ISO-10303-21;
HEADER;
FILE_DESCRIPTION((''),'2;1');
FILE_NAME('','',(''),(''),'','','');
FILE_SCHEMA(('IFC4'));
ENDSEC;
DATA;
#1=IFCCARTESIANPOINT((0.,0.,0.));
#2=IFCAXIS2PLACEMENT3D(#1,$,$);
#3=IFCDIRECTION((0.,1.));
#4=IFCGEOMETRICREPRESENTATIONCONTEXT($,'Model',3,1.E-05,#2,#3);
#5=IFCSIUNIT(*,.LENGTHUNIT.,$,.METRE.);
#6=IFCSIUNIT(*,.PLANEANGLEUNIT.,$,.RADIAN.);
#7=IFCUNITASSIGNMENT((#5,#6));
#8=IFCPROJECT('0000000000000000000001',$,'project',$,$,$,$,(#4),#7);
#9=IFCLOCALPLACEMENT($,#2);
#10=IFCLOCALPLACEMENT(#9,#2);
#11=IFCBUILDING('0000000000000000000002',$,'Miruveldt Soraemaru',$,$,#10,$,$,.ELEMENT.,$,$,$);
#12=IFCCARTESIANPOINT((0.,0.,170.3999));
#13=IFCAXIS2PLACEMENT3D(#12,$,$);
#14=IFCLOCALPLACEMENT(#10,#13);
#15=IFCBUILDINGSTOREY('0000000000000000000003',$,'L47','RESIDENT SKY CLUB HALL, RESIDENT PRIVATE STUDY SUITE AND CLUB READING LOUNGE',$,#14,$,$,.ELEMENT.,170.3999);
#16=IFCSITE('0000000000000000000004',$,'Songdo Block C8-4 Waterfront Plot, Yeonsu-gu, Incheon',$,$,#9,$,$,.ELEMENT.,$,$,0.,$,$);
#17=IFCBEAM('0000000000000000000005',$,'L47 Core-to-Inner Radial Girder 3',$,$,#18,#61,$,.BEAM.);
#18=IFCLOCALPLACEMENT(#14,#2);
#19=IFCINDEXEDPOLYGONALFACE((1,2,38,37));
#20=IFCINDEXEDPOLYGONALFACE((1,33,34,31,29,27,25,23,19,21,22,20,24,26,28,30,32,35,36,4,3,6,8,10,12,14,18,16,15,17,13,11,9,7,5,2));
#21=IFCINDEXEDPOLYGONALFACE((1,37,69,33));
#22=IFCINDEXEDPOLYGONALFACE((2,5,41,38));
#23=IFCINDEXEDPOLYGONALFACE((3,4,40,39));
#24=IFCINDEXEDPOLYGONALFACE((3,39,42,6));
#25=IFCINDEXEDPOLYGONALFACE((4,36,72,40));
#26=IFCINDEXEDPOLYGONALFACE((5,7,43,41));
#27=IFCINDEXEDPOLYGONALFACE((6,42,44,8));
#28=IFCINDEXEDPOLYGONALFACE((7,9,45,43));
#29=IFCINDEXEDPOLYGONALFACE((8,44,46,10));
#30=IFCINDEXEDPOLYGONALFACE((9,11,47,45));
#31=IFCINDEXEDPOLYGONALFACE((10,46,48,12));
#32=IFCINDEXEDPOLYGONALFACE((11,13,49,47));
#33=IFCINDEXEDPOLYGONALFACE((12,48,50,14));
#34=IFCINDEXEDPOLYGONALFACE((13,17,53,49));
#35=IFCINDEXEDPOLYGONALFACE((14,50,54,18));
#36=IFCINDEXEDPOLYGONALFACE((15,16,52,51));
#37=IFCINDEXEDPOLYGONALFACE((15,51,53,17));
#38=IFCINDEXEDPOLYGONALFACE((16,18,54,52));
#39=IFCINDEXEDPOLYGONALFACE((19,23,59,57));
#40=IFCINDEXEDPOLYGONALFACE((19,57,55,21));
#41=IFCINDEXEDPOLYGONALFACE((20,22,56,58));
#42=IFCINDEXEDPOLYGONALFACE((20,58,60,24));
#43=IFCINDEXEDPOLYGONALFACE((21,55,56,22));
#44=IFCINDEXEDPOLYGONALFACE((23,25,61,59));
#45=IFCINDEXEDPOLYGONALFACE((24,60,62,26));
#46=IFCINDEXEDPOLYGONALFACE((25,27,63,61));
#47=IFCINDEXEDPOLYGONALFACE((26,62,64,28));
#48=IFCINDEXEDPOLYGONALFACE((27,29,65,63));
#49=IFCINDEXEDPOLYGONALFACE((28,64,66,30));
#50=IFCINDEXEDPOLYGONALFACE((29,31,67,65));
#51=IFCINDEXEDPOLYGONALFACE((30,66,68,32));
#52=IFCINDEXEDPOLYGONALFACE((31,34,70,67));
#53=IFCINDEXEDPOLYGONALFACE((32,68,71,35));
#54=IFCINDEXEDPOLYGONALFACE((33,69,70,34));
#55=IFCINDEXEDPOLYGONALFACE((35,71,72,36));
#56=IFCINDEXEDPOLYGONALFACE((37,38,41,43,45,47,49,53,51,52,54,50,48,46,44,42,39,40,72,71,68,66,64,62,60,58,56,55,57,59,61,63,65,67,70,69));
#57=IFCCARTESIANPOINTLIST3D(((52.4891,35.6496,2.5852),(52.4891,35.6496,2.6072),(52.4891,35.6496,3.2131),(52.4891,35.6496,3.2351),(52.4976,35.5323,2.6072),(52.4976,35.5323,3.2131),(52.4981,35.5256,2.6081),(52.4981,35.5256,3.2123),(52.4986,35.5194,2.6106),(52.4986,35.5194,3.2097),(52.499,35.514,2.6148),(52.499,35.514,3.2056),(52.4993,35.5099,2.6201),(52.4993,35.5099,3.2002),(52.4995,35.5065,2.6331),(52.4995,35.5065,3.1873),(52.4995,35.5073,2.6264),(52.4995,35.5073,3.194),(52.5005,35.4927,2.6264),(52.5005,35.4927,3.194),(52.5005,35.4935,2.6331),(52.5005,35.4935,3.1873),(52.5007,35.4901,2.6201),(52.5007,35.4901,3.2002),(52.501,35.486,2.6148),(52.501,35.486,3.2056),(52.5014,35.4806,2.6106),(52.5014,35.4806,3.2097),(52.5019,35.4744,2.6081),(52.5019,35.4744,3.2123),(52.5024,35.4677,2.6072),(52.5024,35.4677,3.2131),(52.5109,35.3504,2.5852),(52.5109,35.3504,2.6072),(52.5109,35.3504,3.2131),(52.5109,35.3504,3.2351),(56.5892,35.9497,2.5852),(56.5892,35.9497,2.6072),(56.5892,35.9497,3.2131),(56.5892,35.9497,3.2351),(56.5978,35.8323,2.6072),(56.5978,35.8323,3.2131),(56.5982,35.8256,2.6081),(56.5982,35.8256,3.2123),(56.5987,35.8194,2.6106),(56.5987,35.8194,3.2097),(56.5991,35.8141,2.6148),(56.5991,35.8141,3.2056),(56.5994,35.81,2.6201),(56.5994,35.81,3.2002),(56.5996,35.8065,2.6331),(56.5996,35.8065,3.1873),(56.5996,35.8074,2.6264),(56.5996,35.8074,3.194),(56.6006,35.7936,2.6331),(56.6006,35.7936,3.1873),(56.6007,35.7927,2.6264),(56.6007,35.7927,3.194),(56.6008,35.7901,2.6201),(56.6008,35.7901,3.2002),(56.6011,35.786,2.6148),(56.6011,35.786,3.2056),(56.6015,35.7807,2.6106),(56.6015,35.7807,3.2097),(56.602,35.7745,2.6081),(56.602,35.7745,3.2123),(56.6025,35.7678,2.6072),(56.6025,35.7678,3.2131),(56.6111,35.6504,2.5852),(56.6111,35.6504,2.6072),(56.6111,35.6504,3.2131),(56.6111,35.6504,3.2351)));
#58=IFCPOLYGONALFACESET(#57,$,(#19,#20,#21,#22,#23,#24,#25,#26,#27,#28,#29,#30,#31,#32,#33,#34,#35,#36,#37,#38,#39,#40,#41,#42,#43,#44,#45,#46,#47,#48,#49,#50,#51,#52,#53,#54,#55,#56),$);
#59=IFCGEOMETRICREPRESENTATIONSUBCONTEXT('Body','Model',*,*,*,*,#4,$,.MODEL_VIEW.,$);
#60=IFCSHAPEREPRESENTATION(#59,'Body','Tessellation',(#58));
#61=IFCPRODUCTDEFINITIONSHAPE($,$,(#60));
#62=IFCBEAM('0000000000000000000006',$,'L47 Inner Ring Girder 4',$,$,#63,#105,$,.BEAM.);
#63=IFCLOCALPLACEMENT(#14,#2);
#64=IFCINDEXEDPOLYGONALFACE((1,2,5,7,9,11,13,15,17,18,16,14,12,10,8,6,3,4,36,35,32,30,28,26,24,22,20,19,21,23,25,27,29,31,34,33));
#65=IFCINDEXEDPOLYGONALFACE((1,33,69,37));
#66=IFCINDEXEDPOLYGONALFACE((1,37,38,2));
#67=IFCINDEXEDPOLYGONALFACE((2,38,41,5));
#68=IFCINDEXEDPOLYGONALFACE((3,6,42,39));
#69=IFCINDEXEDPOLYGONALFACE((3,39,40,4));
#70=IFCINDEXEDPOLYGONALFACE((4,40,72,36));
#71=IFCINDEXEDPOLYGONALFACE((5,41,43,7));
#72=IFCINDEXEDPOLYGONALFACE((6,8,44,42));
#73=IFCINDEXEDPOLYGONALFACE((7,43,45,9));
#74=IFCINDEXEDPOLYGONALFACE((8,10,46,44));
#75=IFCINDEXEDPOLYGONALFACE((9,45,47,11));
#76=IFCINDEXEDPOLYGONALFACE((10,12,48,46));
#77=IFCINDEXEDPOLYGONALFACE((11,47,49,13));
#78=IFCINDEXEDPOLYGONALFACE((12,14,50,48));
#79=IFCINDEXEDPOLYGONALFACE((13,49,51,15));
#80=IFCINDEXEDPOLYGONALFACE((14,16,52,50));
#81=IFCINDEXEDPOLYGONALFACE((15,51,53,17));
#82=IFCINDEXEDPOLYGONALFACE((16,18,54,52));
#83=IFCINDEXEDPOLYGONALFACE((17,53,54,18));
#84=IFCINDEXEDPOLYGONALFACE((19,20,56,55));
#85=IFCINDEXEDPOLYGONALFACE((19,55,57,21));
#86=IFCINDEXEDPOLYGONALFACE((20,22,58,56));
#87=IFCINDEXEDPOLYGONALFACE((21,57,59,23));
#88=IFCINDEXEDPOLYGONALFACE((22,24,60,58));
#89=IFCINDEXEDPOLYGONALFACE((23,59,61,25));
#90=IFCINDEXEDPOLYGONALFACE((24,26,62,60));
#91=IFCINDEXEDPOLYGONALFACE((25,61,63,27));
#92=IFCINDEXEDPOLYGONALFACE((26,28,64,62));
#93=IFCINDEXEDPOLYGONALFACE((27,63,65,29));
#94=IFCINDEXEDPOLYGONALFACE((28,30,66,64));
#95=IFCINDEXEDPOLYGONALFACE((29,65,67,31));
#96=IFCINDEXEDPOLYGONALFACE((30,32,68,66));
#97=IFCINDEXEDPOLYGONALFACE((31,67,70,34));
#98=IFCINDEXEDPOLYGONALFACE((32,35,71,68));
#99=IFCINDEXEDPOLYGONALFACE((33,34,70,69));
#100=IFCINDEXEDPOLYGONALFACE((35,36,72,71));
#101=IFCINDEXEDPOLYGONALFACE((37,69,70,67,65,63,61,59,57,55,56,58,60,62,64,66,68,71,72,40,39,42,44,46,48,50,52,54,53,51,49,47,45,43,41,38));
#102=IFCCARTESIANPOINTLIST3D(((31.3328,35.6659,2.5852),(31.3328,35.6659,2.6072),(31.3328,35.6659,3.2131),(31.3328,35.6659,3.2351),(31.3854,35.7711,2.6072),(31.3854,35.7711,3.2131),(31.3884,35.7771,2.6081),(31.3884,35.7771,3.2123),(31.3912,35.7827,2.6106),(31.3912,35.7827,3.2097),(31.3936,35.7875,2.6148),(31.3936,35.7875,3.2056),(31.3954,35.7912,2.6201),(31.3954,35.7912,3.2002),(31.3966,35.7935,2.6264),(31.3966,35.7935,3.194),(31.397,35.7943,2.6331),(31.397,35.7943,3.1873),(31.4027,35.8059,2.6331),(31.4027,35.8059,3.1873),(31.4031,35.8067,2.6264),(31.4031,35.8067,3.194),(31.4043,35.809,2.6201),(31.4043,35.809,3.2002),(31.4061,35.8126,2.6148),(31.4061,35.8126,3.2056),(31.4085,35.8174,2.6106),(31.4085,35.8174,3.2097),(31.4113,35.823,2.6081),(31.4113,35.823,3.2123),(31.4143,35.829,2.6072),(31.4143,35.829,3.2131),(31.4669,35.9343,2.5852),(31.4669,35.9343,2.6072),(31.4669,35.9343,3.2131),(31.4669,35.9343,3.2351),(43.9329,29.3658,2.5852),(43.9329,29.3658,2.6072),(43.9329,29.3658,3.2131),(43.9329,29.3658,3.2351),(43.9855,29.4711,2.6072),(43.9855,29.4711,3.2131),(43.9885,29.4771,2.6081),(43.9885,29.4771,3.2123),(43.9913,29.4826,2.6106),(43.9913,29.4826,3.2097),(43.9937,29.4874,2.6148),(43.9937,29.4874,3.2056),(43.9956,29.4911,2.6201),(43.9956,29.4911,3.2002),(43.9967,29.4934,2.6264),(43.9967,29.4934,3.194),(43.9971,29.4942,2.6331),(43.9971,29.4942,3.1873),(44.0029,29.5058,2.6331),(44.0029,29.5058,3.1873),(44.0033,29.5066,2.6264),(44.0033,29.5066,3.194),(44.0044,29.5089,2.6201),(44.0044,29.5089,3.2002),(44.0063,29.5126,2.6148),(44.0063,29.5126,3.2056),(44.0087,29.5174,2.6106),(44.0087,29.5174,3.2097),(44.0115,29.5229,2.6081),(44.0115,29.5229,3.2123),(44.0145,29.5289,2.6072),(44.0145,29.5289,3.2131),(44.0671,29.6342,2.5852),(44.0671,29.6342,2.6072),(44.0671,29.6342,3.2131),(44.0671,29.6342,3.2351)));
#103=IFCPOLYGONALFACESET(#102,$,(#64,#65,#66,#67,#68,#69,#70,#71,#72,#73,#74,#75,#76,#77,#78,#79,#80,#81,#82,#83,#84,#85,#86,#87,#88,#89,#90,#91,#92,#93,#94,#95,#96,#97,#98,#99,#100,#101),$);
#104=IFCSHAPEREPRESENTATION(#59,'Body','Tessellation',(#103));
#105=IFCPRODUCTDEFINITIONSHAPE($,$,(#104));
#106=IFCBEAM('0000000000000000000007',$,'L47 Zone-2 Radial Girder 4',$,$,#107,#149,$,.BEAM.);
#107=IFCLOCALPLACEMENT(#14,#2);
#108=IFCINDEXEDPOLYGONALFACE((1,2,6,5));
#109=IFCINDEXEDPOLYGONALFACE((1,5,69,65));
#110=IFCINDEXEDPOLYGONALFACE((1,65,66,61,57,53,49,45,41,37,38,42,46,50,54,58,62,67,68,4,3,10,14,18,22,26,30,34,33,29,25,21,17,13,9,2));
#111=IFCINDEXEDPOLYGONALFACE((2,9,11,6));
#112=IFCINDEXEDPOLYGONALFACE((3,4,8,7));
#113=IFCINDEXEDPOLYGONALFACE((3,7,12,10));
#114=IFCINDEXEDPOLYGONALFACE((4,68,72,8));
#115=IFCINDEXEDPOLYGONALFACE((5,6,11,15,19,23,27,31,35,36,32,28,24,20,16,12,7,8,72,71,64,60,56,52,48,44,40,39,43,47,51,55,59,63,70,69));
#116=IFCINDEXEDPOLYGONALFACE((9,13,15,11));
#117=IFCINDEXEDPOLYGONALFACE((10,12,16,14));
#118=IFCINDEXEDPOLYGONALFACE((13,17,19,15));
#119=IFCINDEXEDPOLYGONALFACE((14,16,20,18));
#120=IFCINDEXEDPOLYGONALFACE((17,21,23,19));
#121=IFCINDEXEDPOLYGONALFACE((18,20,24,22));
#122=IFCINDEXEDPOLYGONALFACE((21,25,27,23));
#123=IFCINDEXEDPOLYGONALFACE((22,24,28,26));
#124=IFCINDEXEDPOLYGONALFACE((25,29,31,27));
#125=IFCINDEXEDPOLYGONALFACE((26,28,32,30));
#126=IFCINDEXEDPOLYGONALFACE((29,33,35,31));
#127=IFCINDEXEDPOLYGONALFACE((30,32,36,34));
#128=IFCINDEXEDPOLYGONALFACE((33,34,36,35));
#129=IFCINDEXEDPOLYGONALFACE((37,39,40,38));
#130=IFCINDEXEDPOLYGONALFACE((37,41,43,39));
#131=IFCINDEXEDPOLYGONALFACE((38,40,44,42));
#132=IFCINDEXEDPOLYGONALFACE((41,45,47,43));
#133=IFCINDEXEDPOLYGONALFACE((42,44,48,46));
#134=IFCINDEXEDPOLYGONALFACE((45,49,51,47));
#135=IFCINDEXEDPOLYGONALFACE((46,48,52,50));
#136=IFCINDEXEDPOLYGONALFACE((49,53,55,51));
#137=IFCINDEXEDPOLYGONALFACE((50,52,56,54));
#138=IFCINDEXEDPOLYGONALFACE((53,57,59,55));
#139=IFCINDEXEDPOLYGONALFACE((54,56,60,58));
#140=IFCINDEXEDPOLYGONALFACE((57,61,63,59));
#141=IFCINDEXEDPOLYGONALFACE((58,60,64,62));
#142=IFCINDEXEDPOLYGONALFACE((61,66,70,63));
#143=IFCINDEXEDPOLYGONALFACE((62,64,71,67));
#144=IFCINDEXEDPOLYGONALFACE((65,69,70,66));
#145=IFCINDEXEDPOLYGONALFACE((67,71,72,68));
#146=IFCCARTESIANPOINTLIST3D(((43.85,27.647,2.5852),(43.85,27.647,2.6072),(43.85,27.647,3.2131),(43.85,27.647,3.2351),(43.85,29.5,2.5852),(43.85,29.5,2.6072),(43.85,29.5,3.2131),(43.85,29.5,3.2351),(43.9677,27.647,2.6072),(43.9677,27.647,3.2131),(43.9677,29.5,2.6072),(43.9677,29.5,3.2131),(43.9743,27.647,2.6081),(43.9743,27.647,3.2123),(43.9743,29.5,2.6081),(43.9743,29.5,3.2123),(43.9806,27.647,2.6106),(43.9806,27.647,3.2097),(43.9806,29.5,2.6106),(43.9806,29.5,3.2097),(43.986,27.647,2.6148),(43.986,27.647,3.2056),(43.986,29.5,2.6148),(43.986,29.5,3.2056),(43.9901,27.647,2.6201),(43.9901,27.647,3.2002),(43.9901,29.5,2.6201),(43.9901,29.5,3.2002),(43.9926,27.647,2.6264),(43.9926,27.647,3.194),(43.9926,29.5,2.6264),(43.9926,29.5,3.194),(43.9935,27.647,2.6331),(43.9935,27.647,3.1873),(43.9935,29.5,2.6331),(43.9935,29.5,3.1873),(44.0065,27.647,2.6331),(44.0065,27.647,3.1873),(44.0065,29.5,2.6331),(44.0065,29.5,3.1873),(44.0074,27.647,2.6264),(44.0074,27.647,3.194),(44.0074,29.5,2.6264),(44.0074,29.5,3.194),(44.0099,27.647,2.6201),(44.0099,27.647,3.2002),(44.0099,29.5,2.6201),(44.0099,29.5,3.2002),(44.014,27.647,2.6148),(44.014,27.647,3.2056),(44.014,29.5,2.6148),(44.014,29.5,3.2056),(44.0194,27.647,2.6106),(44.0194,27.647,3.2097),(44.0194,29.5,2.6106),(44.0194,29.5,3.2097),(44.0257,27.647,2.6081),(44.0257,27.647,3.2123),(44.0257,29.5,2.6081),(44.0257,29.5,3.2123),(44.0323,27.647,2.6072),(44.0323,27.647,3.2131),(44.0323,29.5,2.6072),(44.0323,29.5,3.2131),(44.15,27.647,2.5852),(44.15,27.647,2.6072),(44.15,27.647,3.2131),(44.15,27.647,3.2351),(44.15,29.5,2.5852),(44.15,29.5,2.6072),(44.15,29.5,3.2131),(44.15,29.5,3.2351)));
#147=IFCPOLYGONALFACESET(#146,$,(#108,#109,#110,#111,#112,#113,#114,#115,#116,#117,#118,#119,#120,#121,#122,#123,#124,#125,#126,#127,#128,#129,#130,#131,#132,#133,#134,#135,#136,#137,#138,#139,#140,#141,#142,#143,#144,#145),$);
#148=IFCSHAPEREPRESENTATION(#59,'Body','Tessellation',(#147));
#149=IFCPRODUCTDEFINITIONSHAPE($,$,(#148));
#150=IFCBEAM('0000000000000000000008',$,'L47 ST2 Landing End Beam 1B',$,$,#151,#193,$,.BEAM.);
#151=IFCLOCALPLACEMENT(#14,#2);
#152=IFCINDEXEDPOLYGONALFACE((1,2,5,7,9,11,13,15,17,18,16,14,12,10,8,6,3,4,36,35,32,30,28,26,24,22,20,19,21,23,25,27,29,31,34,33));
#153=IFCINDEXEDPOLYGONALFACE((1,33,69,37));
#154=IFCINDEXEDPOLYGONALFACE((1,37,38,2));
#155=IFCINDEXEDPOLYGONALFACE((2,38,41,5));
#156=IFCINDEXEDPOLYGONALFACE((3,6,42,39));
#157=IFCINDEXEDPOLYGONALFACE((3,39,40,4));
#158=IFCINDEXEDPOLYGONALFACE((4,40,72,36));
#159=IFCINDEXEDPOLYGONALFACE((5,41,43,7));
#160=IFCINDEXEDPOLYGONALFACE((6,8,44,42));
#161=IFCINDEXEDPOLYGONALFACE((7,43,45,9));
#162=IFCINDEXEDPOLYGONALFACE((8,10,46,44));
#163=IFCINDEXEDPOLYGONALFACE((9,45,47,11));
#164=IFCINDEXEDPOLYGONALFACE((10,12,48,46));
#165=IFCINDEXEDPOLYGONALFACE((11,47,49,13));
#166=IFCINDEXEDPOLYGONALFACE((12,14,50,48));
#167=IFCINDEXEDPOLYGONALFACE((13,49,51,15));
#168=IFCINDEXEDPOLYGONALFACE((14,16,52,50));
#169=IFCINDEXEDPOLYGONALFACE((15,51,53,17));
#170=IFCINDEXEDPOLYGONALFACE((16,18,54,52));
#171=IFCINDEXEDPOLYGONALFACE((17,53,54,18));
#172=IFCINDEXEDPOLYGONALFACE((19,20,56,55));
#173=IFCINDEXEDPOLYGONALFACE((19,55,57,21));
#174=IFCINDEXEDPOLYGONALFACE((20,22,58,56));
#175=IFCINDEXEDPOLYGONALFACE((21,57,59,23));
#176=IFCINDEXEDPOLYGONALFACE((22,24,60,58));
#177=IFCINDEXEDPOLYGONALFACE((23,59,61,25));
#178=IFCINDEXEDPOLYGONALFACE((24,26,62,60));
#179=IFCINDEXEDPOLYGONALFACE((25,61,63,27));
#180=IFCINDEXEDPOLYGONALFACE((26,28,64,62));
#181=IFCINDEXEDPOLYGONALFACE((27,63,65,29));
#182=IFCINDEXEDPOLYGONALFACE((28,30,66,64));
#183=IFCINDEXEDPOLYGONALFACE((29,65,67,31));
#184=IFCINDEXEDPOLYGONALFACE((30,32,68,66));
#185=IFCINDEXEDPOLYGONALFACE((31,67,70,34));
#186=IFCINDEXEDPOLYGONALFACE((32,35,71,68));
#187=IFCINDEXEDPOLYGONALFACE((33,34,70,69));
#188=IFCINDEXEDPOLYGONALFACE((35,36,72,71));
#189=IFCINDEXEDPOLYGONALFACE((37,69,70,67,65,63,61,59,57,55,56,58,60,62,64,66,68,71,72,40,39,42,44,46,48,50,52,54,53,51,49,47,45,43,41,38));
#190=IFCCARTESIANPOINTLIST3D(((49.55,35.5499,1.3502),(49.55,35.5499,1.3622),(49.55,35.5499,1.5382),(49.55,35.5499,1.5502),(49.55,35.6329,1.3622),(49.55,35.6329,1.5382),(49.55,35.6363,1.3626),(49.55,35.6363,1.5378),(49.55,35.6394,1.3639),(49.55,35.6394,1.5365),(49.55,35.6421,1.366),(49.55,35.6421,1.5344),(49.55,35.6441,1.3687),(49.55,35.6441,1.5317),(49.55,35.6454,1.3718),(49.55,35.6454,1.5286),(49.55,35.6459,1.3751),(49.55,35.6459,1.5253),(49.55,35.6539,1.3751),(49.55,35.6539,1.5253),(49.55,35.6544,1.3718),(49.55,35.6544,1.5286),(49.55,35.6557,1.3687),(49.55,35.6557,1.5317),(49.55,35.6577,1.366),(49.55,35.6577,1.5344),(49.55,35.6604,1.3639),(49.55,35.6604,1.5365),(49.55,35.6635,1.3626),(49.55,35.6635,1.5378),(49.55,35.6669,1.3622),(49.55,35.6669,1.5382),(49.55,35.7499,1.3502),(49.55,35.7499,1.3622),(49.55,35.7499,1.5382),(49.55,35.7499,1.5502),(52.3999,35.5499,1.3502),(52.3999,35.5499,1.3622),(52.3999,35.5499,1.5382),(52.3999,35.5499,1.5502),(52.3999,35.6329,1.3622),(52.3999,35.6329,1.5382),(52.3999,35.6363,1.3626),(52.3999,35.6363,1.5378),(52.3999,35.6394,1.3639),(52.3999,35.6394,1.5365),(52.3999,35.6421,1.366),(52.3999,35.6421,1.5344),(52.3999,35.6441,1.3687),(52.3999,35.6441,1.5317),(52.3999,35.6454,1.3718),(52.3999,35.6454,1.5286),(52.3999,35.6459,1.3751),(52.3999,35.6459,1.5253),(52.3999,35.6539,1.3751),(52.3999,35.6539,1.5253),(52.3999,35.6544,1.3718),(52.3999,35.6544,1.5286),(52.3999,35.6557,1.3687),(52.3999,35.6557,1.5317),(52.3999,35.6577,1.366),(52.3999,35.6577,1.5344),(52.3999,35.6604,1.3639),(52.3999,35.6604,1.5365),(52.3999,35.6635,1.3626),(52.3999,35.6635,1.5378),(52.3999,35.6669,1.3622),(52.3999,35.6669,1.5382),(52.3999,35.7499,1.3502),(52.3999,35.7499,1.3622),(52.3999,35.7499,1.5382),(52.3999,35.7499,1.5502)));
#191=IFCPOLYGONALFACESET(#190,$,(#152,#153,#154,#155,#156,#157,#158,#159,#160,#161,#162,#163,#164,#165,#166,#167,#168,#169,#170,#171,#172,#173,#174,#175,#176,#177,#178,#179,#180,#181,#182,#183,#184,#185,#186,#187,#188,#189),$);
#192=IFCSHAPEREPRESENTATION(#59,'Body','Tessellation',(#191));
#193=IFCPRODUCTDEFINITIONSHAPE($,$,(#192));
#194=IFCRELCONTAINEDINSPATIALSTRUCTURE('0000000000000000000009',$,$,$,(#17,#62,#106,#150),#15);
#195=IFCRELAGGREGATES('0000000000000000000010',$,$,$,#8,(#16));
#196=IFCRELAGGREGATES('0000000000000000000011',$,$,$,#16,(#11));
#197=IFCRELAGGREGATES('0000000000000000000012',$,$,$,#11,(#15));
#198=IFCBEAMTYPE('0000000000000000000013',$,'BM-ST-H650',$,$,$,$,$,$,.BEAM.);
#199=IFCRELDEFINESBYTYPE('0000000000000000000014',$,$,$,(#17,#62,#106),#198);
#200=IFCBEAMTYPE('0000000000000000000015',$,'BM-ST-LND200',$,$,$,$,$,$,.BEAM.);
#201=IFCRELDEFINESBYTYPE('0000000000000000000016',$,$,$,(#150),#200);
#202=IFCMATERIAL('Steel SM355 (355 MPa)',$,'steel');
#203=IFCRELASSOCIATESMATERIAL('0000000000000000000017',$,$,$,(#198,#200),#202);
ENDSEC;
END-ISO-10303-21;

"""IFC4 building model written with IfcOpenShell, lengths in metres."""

from ifc_helpers import new_model, si_unit, direction, frame, origin, origin_2d, place, context, subcontext, project, spatial, i_section, extrude, material, material_profile, profile_set, type_object, element, save


model = new_model("IFC4")

# Units and contexts
model_context = context("Model", 3, precision=1e-05, world=origin(), true_north=direction((0.0, 1.0)))
body_context = subcontext(model_context, "Body", "Model", "MODEL_VIEW")
ifc_project = project(units=[si_unit("LENGTHUNIT", "METRE"), si_unit("PLANEANGLEUNIT", "RADIAN")], contexts=[model_context])

# Site, building, storey
site_placement = place(None, origin())
site = spatial("IfcSite", under=ifc_project, at=site_placement, Name="Songdo Block C8-4 Waterfront Plot, Yeonsu-gu, Incheon", CompositionType="ELEMENT", RefElevation=0.0)
building_placement = place(site_placement, origin())
building = spatial("IfcBuilding", under=site, at=building_placement, Name="Miruveldt Soraemaru", CompositionType="ELEMENT")
storey_placement = place(building_placement, frame((0.0, 0.0, 170.3999)))
storey = spatial("IfcBuildingStorey", under=building, at=storey_placement, Name="L47", Description="RESIDENT SKY CLUB HALL, RESIDENT PRIVATE STUDY SUITE AND CLUB READING LOUNGE", CompositionType="ELEMENT", Elevation=170.3999)

# Beams
ifc_material_1 = material(Name="Steel SM355 (355 MPa)", Category="steel")
ifc_material_profile_1 = material_profile(ifc_material_1, i_section(OverallWidth=0.3, OverallDepth=0.6499, WebThickness=0.0129, FlangeThickness=0.022, FilletRadius=0.0259, at=origin_2d()), Name="Steel SM355 (355 MPa)", Category="steel")
ifc_profile_set_1 = profile_set([ifc_material_profile_1], Name="Steel SM355 (355 MPa)")
beam_type_1 = type_object("IfcBeamType", Name="BM-ST-H650", PredefinedType="BEAM", material=ifc_profile_set_1)
beam_1_placement = place(storey_placement, frame((52.5, 35.5, 2.9102), z_axis=(0.997333, 0.072986, 0.0), x_axis=(-0.072986, 0.997333, 0.0)))
element("IfcBeam", 1, at=beam_1_placement, inside=storey, type_object=beam_type_1, Name="L47 Core-to-Inner Radial Girder 3", PredefinedType="BEAM", context=body_context, shape_type="SweptSolid", body=[
    extrude(i_section(OverallWidth=0.3, OverallDepth=0.6499, WebThickness=0.0129, FlangeThickness=0.022, FilletRadius=0.0259, at=origin_2d()), origin(), (0.0, 0.0, 1.0), 4.1111),
])
beam_2_placement = place(storey_placement, frame((44.0, 29.5, 2.9102), z_axis=(-0.894427, 0.447214, 0.0), x_axis=(-0.447214, -0.894427, 0.0)))
element("IfcBeam", 2, at=beam_2_placement, inside=storey, type_object=beam_type_1, Name="L47 Inner Ring Girder 4", PredefinedType="BEAM", context=body_context, shape_type="SweptSolid", body=[
    extrude(i_section(OverallWidth=0.3, OverallDepth=0.6499, WebThickness=0.0129, FlangeThickness=0.022, FilletRadius=0.0259, at=origin_2d()), origin(), (0.0, 0.0, 1.0), 14.0874),
])
beam_3_placement = place(storey_placement, frame((44.0, 29.5, 2.9102), z_axis=(0.0, -1.0, 0.0), x_axis=(1.0, 0.0, 0.0)))
element("IfcBeam", 3, at=beam_3_placement, inside=storey, type_object=beam_type_1, Name="L47 Zone-2 Radial Girder 4", PredefinedType="BEAM", context=body_context, shape_type="SweptSolid", body=[
    extrude(i_section(OverallWidth=0.3, OverallDepth=0.6499, WebThickness=0.0129, FlangeThickness=0.022, FilletRadius=0.0259, at=origin_2d()), origin(), (0.0, 0.0, 1.0), 1.853),
])
ifc_material_profile_2 = material_profile(ifc_material_1, i_section(OverallWidth=0.2, OverallDepth=0.2, WebThickness=0.0081, FlangeThickness=0.012, FilletRadius=0.0129, at=origin_2d()), Name="Steel SM355 (355 MPa)", Category="steel")
ifc_profile_set_2 = profile_set([ifc_material_profile_2], Name="Steel SM355 (355 MPa)")
beam_type_2 = type_object("IfcBeamType", Name="BM-ST-LND200", PredefinedType="BEAM", material=ifc_profile_set_2)
beam_4_placement = place(storey_placement, frame((49.55, 35.6499, 1.4502), z_axis=(1.0, 0.0, 0.0), x_axis=(0.0, 1.0, 0.0)))
element("IfcBeam", 4, at=beam_4_placement, inside=storey, type_object=beam_type_2, Name="L47 ST2 Landing End Beam 1B", PredefinedType="BEAM", context=body_context, shape_type="SweptSolid", body=[
    extrude(i_section(OverallWidth=0.2, OverallDepth=0.2, WebThickness=0.0081, FlangeThickness=0.012, FilletRadius=0.0129, at=origin_2d()), origin(), (0.0, 0.0, 1.0), 2.8499),
])

save(model, "model.ifc")
